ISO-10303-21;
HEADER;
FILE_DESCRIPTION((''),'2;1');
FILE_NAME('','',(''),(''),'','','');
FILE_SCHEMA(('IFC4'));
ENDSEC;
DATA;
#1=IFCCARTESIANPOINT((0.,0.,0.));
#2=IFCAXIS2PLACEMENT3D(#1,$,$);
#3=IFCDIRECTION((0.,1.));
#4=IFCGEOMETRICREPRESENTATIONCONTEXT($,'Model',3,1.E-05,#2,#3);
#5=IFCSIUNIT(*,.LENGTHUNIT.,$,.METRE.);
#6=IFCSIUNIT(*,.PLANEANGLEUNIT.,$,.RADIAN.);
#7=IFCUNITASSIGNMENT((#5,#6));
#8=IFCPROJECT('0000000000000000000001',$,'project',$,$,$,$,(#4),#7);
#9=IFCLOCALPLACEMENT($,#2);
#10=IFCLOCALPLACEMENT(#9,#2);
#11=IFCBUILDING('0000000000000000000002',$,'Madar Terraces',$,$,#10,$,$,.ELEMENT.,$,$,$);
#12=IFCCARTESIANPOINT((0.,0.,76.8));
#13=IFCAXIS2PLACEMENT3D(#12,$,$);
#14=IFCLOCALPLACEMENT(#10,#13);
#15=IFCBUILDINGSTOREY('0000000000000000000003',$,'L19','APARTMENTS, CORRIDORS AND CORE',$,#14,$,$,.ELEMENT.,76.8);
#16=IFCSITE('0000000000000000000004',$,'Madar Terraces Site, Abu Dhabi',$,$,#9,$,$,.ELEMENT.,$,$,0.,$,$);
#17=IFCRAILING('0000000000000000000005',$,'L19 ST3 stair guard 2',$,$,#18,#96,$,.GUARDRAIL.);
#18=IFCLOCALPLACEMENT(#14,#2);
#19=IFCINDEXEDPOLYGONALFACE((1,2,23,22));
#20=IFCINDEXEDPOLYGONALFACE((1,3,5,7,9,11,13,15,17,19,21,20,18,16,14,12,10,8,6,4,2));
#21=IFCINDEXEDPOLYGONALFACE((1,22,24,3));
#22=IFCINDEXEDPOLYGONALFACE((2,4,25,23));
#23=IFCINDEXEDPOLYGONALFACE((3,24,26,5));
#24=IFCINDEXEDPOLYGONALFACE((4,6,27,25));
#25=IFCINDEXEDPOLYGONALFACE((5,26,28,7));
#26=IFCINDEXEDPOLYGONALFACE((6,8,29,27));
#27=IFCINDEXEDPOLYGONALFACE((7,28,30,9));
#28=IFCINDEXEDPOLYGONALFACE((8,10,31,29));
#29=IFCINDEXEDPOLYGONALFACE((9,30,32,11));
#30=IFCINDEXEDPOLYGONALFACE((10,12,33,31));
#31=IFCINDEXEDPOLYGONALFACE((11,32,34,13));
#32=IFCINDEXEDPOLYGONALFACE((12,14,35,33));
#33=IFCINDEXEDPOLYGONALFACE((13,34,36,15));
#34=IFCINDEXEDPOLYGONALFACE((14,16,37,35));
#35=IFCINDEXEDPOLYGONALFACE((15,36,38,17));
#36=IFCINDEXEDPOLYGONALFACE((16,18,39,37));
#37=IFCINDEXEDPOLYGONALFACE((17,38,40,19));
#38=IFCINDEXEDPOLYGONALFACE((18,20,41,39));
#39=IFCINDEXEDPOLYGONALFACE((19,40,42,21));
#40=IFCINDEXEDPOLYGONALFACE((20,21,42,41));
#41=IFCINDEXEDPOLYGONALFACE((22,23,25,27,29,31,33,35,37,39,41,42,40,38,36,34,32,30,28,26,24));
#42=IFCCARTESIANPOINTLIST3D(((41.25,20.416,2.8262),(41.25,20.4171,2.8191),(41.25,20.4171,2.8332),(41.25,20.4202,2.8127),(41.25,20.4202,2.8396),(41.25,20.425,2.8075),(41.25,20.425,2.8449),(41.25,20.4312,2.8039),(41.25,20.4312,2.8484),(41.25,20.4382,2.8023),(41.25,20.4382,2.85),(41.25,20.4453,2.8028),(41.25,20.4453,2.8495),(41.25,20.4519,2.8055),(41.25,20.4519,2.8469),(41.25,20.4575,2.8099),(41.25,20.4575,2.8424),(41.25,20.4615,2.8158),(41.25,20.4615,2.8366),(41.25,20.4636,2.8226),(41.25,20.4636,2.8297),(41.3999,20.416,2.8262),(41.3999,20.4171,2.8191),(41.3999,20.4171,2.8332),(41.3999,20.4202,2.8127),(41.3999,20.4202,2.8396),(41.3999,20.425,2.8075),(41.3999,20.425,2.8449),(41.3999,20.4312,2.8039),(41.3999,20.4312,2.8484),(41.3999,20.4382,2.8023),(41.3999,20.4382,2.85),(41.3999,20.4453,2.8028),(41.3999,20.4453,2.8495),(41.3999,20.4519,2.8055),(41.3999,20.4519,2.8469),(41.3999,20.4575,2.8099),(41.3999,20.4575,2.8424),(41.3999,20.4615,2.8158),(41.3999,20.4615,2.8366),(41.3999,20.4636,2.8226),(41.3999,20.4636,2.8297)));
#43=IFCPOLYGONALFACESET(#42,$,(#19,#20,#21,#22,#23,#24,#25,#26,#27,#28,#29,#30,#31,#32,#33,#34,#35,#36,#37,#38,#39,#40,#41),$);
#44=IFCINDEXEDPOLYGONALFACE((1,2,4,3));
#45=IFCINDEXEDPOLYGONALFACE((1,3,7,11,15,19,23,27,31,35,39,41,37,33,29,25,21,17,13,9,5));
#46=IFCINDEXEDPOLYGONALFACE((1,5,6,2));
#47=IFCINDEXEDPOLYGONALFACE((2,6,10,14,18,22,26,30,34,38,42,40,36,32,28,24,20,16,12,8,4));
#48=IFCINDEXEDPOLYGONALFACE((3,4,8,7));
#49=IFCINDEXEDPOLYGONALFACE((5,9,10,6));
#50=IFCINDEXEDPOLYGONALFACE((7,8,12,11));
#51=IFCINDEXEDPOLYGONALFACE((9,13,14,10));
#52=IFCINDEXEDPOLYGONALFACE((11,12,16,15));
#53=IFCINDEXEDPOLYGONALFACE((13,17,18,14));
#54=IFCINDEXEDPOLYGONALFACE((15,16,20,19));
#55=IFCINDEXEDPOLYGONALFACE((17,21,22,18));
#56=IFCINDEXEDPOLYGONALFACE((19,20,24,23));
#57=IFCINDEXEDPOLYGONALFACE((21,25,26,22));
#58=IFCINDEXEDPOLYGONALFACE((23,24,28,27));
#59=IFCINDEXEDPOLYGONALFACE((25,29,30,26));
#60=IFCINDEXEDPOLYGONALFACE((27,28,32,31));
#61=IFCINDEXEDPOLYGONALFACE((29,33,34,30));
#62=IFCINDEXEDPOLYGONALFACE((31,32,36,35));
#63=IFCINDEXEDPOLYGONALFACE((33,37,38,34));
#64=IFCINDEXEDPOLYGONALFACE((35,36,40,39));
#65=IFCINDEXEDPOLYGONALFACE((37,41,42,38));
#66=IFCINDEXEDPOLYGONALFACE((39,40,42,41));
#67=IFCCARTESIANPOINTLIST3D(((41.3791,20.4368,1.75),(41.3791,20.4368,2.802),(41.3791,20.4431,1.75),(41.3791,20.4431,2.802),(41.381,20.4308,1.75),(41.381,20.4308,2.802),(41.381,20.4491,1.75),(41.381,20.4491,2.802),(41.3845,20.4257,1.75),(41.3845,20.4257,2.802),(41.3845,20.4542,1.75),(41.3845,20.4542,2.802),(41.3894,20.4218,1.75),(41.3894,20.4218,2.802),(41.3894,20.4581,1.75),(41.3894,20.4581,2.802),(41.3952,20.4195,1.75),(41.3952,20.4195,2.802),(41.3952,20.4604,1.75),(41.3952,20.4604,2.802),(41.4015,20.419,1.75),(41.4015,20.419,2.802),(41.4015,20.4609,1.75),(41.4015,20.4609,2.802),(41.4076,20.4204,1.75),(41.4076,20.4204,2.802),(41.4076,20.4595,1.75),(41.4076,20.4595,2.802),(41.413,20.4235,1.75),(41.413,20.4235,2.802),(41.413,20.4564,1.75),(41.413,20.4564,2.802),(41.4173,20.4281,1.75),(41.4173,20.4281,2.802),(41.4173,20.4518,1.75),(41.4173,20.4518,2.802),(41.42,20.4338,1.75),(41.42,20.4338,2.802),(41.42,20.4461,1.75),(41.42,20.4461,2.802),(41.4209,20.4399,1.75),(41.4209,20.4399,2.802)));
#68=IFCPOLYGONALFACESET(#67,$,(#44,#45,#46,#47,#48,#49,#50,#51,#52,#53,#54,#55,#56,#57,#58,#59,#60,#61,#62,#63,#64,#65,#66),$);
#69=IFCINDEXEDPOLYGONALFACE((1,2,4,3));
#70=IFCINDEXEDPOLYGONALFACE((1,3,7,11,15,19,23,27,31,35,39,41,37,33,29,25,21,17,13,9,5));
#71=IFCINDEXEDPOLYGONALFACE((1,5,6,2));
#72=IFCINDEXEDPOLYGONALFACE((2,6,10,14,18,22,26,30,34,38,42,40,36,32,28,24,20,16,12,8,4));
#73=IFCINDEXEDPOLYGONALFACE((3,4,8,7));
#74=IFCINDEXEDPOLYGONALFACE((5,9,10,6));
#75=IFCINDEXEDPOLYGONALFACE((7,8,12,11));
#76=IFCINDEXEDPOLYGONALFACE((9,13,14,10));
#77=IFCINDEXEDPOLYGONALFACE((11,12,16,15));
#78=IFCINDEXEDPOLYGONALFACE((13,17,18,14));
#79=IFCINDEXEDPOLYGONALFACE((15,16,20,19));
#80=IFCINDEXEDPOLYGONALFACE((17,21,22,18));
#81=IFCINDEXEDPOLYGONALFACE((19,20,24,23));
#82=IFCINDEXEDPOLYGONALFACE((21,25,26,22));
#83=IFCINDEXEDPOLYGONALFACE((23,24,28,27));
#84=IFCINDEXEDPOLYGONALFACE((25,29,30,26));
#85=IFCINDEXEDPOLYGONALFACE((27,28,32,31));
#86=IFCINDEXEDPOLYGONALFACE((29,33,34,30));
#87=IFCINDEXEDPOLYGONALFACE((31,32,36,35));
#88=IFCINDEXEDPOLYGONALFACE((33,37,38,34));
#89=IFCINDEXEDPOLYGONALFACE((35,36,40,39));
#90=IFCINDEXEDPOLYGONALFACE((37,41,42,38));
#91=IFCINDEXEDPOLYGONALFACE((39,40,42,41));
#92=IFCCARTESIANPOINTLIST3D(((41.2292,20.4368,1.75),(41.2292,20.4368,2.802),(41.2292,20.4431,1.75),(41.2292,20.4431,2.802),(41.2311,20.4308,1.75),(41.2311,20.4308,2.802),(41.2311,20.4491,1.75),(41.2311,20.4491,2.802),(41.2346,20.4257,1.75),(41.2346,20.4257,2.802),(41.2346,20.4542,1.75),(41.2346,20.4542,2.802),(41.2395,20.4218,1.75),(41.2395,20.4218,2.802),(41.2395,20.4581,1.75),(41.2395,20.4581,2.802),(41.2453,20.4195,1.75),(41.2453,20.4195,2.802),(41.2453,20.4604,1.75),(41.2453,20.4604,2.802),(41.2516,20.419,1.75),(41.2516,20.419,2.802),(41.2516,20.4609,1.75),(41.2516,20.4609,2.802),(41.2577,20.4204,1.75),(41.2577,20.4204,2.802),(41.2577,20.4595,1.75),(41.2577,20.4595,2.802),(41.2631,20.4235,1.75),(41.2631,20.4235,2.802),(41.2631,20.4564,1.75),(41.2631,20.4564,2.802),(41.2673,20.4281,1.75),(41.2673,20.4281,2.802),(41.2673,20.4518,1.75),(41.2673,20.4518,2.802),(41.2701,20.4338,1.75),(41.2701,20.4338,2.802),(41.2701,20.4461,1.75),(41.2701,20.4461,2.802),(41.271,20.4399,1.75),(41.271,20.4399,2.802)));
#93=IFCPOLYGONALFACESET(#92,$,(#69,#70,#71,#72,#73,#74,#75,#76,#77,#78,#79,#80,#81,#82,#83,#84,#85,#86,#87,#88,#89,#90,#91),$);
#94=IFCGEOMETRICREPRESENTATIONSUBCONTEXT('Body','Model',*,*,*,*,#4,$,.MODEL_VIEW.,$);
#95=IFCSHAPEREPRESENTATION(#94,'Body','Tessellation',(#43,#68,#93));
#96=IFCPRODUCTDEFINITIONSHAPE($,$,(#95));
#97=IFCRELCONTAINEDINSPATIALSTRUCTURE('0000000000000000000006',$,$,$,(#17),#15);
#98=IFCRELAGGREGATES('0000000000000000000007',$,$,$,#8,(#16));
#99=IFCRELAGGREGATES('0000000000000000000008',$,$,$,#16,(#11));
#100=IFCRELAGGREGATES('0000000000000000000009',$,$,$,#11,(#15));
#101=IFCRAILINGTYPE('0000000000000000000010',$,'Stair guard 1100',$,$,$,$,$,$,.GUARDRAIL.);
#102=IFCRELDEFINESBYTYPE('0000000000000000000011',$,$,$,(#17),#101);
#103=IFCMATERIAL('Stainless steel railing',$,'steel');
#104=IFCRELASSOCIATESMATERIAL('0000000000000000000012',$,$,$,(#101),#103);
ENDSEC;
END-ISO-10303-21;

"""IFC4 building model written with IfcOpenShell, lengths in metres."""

from ifc_helpers import new_model, si_unit, direction, frame, origin, origin_2d, place, context, subcontext, project, spatial, circle, extrude, material, type_object, element, save


model = new_model("IFC4")

# Units and contexts
model_context = context("Model", 3, precision=1e-05, world=origin(), true_north=direction((0.0, 1.0)))
body_context = subcontext(model_context, "Body", "Model", "MODEL_VIEW")
ifc_project = project(units=[si_unit("LENGTHUNIT", "METRE"), si_unit("PLANEANGLEUNIT", "RADIAN")], contexts=[model_context])

# Site, building, storey
site_placement = place(None, origin())
site = spatial("IfcSite", under=ifc_project, at=site_placement, Name="Madar Terraces Site, Abu Dhabi", CompositionType="ELEMENT", RefElevation=0.0)
building_placement = place(site_placement, origin())
building = spatial("IfcBuilding", under=site, at=building_placement, Name="Madar Terraces", CompositionType="ELEMENT")
storey_placement = place(building_placement, frame((0.0, 0.0, 76.8)))
storey = spatial("IfcBuildingStorey", under=building, at=storey_placement, Name="L19", Description="APARTMENTS, CORRIDORS AND CORE", CompositionType="ELEMENT", Elevation=76.8)

# Railing
ifc_material_1 = material(Name="Stainless steel railing", Category="steel")
railing_type_1 = type_object("IfcRailingType", Name="Stair guard 1100", PredefinedType="GUARDRAIL", material=ifc_material_1)
railing_1_placement = place(storey_placement, frame((41.3999, 20.4399, 1.75)))
element("IfcRailing", 1, at=railing_1_placement, inside=storey, type_object=railing_type_1, Name="L19 ST3 stair guard 2", PredefinedType="GUARDRAIL", context=body_context, shape_type="SweptSolid", body=[
    extrude(circle(Radius=0.0239, at=origin_2d()), frame((0.0, 0.0, 1.0762), z_axis=(-1.0, 0.0, 0.0), x_axis=(0.0, -1.0, 0.0)), (0.0, 0.0, 1.0), 0.1499),
    extrude(circle(Radius=0.021, at=origin_2d()), origin(), (0.0, 0.0, 1.0), 1.052),
    extrude(circle(Radius=0.021, at=origin_2d()), frame((-0.1499, 0.0, 0.0)), (0.0, 0.0, 1.0), 1.052),
])

save(model, "model.ifc")
